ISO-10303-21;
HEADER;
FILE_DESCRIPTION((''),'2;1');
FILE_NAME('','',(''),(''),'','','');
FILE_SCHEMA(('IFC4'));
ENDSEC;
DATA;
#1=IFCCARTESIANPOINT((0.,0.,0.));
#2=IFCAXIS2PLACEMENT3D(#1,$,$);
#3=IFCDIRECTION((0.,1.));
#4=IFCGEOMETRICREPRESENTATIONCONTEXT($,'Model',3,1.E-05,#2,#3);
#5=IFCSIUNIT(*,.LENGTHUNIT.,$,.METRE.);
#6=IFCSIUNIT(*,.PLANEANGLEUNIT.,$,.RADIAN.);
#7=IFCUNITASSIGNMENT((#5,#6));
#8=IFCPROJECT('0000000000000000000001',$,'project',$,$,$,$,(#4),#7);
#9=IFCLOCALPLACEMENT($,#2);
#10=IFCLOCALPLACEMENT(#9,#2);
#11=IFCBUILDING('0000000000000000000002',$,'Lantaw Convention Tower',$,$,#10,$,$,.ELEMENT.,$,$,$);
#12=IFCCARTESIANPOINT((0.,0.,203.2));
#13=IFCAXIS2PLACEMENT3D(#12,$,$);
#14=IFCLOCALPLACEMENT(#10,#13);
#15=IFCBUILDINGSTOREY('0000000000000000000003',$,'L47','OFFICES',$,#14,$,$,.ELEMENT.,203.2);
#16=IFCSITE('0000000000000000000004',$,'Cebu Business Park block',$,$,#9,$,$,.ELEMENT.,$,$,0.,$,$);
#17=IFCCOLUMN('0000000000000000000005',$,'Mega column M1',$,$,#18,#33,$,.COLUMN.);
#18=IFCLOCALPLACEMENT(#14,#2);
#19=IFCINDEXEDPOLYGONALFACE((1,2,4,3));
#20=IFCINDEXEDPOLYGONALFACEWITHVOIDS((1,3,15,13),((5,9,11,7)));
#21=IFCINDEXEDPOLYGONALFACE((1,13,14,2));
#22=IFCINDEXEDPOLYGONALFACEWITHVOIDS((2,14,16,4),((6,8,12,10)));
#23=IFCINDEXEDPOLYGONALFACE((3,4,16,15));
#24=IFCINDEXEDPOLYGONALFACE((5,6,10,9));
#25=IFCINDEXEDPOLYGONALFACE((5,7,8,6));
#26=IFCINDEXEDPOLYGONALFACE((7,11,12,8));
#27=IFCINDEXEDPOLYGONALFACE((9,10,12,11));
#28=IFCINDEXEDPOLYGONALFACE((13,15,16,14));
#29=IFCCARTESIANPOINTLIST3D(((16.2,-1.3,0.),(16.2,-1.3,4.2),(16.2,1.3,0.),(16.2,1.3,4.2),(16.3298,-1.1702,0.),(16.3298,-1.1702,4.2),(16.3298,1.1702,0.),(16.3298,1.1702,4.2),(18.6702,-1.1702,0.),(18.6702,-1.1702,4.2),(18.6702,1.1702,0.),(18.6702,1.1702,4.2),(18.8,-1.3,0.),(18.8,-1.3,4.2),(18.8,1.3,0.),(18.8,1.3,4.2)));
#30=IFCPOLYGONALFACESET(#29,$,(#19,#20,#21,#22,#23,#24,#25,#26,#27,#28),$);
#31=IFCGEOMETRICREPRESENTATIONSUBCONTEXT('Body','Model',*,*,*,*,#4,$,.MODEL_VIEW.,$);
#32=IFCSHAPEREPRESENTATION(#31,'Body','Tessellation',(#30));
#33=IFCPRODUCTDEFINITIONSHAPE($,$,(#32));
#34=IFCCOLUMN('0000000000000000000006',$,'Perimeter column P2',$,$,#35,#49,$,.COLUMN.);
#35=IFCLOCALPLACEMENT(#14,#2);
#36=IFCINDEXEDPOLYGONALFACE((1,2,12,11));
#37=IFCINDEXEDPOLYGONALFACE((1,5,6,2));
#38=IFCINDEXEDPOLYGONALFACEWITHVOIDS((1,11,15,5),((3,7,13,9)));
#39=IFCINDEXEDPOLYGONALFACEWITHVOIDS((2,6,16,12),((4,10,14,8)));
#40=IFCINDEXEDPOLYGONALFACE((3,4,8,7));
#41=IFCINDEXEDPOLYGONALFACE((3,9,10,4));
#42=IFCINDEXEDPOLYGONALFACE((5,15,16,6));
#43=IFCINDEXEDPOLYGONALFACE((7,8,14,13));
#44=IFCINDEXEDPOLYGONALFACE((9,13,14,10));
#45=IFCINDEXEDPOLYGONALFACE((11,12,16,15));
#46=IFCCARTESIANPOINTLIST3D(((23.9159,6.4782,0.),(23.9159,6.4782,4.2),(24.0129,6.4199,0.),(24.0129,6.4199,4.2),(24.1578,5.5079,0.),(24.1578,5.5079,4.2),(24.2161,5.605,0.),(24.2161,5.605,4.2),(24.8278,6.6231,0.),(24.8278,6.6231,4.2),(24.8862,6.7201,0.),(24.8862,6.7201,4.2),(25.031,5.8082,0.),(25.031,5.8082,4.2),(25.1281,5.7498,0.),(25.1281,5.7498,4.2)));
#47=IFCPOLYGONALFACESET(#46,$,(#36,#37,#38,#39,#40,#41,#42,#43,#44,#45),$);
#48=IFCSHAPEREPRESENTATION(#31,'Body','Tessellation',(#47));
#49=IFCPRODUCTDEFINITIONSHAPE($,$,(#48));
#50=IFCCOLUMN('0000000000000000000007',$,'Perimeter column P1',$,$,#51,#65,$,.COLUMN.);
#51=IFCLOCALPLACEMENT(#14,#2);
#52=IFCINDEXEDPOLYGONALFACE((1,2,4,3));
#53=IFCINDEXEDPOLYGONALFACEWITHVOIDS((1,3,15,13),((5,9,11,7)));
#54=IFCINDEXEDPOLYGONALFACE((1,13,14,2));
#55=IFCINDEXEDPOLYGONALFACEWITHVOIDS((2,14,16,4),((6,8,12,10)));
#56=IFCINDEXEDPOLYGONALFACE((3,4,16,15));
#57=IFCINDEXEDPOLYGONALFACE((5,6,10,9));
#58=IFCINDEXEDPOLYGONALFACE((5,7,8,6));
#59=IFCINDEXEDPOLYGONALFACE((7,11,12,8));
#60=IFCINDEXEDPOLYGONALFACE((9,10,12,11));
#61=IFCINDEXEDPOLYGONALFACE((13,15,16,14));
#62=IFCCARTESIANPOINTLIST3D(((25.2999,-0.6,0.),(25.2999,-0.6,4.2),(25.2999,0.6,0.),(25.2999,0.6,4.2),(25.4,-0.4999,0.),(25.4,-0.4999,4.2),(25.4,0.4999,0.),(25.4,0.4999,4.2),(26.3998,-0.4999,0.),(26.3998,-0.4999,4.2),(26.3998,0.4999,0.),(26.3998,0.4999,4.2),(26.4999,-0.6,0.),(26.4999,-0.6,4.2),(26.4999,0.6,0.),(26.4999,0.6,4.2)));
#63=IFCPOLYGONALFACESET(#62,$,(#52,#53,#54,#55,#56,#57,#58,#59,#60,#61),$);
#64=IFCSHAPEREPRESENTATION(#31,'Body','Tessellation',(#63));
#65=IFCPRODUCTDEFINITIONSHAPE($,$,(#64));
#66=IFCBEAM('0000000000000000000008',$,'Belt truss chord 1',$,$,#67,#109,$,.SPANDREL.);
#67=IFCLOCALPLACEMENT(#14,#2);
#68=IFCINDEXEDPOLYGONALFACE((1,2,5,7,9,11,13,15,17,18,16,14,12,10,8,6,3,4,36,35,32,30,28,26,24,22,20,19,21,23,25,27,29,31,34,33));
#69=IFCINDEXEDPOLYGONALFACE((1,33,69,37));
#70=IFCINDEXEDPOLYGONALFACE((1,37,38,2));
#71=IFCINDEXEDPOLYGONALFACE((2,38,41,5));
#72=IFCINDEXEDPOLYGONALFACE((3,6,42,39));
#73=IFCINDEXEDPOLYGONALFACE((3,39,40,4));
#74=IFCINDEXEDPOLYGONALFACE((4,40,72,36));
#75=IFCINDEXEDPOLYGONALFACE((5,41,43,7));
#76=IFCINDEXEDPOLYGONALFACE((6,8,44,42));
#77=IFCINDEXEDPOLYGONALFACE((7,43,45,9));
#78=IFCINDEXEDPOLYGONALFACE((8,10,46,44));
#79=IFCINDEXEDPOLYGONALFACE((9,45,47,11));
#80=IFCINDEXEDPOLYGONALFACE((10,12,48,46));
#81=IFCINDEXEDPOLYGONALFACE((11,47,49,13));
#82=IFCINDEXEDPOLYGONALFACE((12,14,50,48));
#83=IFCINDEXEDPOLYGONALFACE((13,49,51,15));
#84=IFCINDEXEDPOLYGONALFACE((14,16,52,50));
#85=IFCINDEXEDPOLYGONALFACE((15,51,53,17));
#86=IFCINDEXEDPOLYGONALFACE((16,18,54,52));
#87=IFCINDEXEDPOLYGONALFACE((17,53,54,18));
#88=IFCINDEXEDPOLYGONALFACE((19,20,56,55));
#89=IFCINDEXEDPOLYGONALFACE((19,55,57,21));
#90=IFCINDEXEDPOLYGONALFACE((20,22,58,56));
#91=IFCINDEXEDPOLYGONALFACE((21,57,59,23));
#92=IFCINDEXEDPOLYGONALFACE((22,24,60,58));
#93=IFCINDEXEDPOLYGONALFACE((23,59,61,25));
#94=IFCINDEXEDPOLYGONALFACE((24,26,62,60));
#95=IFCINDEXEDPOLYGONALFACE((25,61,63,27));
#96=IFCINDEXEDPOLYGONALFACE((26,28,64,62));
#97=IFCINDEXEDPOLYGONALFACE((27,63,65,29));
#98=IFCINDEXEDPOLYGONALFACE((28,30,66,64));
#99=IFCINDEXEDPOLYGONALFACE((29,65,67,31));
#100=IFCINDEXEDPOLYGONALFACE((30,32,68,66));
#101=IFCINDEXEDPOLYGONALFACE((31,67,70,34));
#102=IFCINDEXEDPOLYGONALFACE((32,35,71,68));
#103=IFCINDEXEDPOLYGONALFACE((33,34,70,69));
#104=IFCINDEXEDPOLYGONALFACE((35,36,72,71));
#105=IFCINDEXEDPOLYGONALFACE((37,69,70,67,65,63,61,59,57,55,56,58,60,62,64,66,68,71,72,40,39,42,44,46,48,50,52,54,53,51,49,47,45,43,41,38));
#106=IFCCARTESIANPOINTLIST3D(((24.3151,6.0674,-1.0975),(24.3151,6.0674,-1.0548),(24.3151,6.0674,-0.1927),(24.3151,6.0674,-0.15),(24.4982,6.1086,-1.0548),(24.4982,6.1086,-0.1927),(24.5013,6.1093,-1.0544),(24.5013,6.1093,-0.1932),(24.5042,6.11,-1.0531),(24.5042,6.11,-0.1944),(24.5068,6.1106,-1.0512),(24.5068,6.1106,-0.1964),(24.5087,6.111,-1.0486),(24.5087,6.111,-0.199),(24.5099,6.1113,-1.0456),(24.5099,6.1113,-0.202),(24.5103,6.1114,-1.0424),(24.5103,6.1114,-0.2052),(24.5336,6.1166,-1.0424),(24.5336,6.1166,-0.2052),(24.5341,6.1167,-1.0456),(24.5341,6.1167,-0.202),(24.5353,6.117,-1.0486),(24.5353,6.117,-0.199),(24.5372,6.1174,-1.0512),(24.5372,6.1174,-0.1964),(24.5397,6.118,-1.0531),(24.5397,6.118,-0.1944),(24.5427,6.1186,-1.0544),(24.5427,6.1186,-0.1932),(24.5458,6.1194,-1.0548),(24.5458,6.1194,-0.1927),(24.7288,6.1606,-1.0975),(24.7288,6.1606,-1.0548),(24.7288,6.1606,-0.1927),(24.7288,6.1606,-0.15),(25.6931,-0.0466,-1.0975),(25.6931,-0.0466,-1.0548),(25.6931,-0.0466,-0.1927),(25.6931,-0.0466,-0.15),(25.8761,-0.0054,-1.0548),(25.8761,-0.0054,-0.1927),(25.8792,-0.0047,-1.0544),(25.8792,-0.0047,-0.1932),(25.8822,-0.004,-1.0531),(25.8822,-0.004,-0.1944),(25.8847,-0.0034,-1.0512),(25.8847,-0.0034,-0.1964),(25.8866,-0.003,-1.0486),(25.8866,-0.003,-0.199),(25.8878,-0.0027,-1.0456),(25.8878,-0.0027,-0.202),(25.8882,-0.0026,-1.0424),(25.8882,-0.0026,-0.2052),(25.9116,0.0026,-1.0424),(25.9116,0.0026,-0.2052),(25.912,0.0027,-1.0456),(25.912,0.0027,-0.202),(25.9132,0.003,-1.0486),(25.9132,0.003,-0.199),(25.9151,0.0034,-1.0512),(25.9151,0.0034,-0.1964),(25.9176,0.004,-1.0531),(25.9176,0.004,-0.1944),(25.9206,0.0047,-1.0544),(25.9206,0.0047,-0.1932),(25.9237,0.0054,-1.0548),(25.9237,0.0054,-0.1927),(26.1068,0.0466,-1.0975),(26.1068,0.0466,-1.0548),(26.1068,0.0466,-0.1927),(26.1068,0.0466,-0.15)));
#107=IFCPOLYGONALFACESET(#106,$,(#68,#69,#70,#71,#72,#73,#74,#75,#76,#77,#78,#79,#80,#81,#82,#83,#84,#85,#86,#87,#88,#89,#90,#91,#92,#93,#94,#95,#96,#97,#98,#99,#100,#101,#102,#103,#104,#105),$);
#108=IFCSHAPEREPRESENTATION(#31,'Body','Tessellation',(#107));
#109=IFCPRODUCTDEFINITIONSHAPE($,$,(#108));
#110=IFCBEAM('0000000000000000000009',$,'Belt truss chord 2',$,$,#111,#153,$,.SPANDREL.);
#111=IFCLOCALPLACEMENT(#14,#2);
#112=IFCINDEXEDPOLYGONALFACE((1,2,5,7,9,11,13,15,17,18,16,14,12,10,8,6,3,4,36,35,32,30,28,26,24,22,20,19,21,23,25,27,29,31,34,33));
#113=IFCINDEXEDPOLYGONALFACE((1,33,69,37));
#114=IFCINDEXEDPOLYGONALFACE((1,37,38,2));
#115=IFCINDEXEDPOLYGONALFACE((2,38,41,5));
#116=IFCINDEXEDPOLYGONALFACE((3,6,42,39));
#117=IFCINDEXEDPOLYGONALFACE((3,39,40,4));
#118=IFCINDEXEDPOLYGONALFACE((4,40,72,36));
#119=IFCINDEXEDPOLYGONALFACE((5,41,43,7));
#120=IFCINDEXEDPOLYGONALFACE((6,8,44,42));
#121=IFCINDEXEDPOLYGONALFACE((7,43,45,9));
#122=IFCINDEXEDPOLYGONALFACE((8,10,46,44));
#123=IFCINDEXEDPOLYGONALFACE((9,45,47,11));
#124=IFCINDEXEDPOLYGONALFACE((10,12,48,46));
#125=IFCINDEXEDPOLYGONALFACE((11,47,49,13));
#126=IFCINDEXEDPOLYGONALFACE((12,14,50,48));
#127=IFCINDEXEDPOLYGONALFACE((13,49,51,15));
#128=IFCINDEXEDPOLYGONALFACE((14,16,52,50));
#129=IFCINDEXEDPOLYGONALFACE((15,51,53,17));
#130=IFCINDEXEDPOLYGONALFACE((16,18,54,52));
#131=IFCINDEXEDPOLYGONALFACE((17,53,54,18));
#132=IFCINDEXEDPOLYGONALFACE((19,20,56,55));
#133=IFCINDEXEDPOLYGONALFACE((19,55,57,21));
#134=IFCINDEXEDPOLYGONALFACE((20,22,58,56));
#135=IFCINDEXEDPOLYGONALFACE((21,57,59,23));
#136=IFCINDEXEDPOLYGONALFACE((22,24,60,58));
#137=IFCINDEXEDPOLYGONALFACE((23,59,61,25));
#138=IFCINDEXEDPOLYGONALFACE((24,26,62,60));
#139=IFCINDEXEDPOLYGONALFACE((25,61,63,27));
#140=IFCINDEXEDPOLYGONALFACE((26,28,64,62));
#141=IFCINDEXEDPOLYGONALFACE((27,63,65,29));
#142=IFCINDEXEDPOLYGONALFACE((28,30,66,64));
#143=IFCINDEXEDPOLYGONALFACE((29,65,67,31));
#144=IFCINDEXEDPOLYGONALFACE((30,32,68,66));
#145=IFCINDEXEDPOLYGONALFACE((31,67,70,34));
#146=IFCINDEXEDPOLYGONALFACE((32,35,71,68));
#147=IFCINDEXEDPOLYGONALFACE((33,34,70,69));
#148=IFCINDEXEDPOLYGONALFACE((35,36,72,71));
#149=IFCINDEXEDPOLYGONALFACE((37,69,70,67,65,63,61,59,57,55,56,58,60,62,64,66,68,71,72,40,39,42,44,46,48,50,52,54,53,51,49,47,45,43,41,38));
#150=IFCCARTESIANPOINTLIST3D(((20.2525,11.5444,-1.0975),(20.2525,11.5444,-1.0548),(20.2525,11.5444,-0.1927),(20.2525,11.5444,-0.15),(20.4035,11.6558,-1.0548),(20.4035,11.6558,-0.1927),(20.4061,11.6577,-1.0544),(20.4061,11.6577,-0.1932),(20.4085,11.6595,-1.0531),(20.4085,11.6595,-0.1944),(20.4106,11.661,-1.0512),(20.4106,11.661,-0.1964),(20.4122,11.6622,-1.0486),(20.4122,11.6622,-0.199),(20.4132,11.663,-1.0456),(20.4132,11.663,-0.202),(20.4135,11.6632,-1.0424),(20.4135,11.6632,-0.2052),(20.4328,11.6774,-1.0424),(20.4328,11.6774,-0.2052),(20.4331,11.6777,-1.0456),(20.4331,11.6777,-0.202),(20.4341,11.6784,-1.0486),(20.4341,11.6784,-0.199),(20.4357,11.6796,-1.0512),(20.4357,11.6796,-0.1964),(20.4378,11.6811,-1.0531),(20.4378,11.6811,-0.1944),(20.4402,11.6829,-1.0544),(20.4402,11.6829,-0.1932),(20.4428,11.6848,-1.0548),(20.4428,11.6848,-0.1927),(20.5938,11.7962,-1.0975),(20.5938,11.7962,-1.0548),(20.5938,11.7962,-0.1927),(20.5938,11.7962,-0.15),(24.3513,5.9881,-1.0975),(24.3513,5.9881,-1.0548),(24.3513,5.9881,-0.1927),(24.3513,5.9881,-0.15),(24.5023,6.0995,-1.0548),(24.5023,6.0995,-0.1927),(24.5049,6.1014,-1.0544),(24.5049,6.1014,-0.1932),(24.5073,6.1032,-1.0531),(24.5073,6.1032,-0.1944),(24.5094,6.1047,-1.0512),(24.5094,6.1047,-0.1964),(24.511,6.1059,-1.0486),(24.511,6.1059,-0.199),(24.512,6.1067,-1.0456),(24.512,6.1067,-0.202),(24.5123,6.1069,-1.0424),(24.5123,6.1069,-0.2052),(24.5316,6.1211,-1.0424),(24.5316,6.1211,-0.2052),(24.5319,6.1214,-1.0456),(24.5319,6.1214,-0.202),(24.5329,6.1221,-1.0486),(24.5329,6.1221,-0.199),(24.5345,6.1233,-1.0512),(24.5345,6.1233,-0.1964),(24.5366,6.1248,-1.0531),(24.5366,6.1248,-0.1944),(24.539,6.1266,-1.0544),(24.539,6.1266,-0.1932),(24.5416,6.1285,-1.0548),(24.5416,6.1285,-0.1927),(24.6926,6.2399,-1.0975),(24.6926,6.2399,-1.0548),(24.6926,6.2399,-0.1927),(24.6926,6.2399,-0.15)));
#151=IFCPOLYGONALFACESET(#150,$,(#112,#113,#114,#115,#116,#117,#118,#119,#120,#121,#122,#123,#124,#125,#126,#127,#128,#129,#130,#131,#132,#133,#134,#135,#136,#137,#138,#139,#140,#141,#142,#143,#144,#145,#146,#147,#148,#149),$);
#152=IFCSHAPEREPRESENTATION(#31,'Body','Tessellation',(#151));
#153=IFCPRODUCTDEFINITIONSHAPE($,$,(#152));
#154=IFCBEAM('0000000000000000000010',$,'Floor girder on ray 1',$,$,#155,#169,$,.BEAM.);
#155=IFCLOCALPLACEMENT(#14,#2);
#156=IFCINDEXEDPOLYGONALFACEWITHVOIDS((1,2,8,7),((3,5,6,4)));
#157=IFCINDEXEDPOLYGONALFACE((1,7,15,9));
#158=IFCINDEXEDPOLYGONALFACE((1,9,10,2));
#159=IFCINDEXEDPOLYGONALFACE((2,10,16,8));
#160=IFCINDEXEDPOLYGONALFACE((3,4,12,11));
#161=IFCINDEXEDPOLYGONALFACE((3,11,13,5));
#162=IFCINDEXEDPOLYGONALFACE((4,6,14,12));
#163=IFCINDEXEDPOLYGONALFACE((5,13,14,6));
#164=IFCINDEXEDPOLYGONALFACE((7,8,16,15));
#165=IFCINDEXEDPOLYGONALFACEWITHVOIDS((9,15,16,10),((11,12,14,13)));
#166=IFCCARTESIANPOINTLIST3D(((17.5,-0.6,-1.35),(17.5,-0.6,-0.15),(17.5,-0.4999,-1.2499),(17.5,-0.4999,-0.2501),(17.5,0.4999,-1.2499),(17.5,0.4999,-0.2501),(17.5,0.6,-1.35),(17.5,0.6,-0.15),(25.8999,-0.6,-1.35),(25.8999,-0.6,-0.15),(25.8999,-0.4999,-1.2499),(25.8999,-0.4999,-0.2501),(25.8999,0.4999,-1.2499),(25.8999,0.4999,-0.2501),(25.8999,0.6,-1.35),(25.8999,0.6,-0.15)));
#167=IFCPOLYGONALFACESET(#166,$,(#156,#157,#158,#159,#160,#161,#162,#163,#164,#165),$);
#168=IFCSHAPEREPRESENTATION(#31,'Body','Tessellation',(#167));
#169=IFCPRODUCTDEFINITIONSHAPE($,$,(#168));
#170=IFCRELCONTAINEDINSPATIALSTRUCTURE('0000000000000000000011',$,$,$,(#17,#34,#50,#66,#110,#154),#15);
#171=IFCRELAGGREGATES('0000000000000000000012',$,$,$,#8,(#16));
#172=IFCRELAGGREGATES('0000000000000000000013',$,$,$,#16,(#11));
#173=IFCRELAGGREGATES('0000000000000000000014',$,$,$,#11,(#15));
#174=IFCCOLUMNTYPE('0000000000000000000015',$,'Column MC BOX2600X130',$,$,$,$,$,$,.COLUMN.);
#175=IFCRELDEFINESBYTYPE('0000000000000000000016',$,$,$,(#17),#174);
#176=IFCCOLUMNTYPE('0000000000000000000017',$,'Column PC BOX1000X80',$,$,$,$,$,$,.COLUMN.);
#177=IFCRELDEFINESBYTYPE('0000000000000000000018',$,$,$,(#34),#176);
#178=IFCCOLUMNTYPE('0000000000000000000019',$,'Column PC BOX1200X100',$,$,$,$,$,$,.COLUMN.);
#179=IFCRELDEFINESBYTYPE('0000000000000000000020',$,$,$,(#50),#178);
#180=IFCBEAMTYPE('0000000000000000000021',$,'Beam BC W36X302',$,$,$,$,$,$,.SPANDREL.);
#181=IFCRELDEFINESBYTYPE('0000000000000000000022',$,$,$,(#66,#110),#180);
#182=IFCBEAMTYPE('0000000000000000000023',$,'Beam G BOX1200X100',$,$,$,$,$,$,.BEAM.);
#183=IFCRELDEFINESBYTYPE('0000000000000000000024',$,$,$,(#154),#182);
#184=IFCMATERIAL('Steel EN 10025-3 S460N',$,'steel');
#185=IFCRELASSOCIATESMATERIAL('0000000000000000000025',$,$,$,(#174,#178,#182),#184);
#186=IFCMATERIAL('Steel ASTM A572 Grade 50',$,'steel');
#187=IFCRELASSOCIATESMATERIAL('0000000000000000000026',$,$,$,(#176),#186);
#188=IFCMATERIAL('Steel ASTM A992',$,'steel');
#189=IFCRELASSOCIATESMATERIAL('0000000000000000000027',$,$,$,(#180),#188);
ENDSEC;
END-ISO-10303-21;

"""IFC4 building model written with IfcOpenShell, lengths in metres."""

from ifc_helpers import new_model, si_unit, direction, frame, origin, origin_2d, place, context, subcontext, project, spatial, rectangle, hollow_rectangle, i_section, extrude, material, material_profile, profile_set, type_object, element, save


model = new_model("IFC4")

# Units and contexts
model_context = context("Model", 3, precision=1e-05, world=origin(), true_north=direction((0.0, 1.0)))
body_context = subcontext(model_context, "Body", "Model", "MODEL_VIEW")
ifc_project = project(units=[si_unit("LENGTHUNIT", "METRE"), si_unit("PLANEANGLEUNIT", "RADIAN")], contexts=[model_context])

# Site, building, storey
site_placement = place(None, origin())
site = spatial("IfcSite", under=ifc_project, at=site_placement, Name="Cebu Business Park block", CompositionType="ELEMENT", RefElevation=0.0)
building_placement = place(site_placement, origin())
building = spatial("IfcBuilding", under=site, at=building_placement, Name="Lantaw Convention Tower", CompositionType="ELEMENT")
storey_placement = place(building_placement, frame((0.0, 0.0, 203.2)))
storey = spatial("IfcBuildingStorey", under=building, at=storey_placement, Name="L47", Description="OFFICES", CompositionType="ELEMENT", Elevation=203.2)

# Columns
ifc_material_1 = material(Name="Steel EN 10025-3 S460N", Category="steel")
ifc_material_profile_1 = material_profile(ifc_material_1, hollow_rectangle(XDim=2.6001, YDim=2.6001, WallThickness=0.1299, at=origin_2d()), Name="BOX2600X130")
ifc_material_2 = material(Name="Concrete C60/75", Category="concrete")
ifc_material_profile_2 = material_profile(ifc_material_2, rectangle(XDim=2.3401, YDim=2.3401, at=origin_2d()), Name="Concrete fill of BOX2600X130")
ifc_profile_set_1 = profile_set([ifc_material_profile_1, ifc_material_profile_2], Name="Steel EN 10025-3 S460N")
column_type_1 = type_object("IfcColumnType", Name="Column MC BOX2600X130", PredefinedType="COLUMN", material=ifc_profile_set_1)
column_1_placement = place(storey_placement, frame((17.5, 0.0, 0.0), z_axis=(0.0, 0.0, 1.0), x_axis=(1.0, 0.0, 0.0)))
element("IfcColumn", 1, at=column_1_placement, inside=storey, type_object=column_type_1, Name="Mega column M1", PredefinedType="COLUMN", context=body_context, shape_type="SweptSolid", body=[
    extrude(hollow_rectangle(XDim=2.6001, YDim=2.6001, WallThickness=0.1299, at=origin_2d()), origin(), (0.0, 0.0, 1.0), 4.2),
])
ifc_material_3 = material(Name="Steel ASTM A572 Grade 50", Category="steel")
ifc_material_profile_3 = material_profile(ifc_material_3, hollow_rectangle(XDim=1.0, YDim=1.0, WallThickness=0.0801, at=origin_2d()), Name="BOX1000X80")
ifc_material_profile_4 = material_profile(ifc_material_2, rectangle(XDim=0.8401, YDim=0.8401, at=origin_2d()), Name="Concrete fill of BOX1000X80")
ifc_profile_set_2 = profile_set([ifc_material_profile_3, ifc_material_profile_4], Name="Steel ASTM A572 Grade 50")
column_type_2 = type_object("IfcColumnType", Name="Column PC BOX1000X80", PredefinedType="COLUMN", material=ifc_profile_set_2)
column_2_placement = place(storey_placement, frame((24.522, 6.114, 0.0), z_axis=(0.0, 0.0, 1.0), x_axis=(0.970296, 0.241922, 0.0)))
element("IfcColumn", 2, at=column_2_placement, inside=storey, type_object=column_type_2, Name="Perimeter column P2", PredefinedType="COLUMN", context=body_context, shape_type="SweptSolid", body=[
    extrude(hollow_rectangle(XDim=1.0, YDim=1.0, WallThickness=0.0801, at=origin_2d()), origin(), (0.0, 0.0, 1.0), 4.2),
])
ifc_material_profile_5 = material_profile(ifc_material_1, hollow_rectangle(XDim=1.2, YDim=1.2, WallThickness=0.1001, at=origin_2d()), Name="BOX1200X100")
ifc_material_profile_6 = material_profile(ifc_material_2, rectangle(XDim=1.0, YDim=1.0, at=origin_2d()), Name="Concrete fill of BOX1200X100")
ifc_profile_set_3 = profile_set([ifc_material_profile_5, ifc_material_profile_6], Name="Steel EN 10025-3 S460N")
column_type_3 = type_object("IfcColumnType", Name="Column PC BOX1200X100", PredefinedType="COLUMN", material=ifc_profile_set_3)
column_3_placement = place(storey_placement, frame((25.8999, 0.0, 0.0), z_axis=(0.0, 0.0, 1.0), x_axis=(1.0, 0.0, 0.0)))
element("IfcColumn", 3, at=column_3_placement, inside=storey, type_object=column_type_3, Name="Perimeter column P1", PredefinedType="COLUMN", context=body_context, shape_type="SweptSolid", body=[
    extrude(hollow_rectangle(XDim=1.2, YDim=1.2, WallThickness=0.1001, at=origin_2d()), origin(), (0.0, 0.0, 1.0), 4.2),
])

# Beams
ifc_material_4 = material(Name="Steel ASTM A992", Category="steel")
ifc_material_profile_7 = material_profile(ifc_material_4, i_section(OverallWidth=0.4241, OverallDepth=0.9475, WebThickness=0.0239, FlangeThickness=0.0427, FilletRadius=0.0125, at=origin_2d()), Name="W36X302")
ifc_profile_set_4 = profile_set([ifc_material_profile_7], Name="Steel ASTM A992")
beam_type_1 = type_object("IfcBeamType", Name="Beam BC W36X302", PredefinedType="SPANDREL", material=ifc_profile_set_4)
beam_1_placement = place(storey_placement, frame((25.8999, 0.0, -0.6238), z_axis=(-0.219858, 0.975532, 0.0), x_axis=(-0.975532, -0.219858, 0.0)))
element("IfcBeam", 4, at=beam_1_placement, inside=storey, type_object=beam_type_1, Name="Belt truss chord 1", PredefinedType="SPANDREL", context=body_context, shape_type="SweptSolid", body=[
    extrude(i_section(OverallWidth=0.4241, OverallDepth=0.9475, WebThickness=0.0239, FlangeThickness=0.0427, FilletRadius=0.0125, at=origin_2d()), origin(), (0.0, 0.0, 1.0), 6.2673),
])
beam_2_placement = place(storey_placement, frame((24.522, 6.114, -0.6238), z_axis=(-0.593639, 0.804731, 0.0), x_axis=(-0.804731, -0.593639, 0.0)))
element("IfcBeam", 5, at=beam_2_placement, inside=storey, type_object=beam_type_1, Name="Belt truss chord 2", PredefinedType="SPANDREL", context=body_context, shape_type="SweptSolid", body=[
    extrude(i_section(OverallWidth=0.4241, OverallDepth=0.9475, WebThickness=0.0239, FlangeThickness=0.0427, FilletRadius=0.0125, at=origin_2d()), origin(), (0.0, 0.0, 1.0), 6.9045),
])
ifc_material_profile_8 = material_profile(ifc_material_1, hollow_rectangle(XDim=1.2, YDim=1.2, WallThickness=0.1001, at=origin_2d()), Name="BOX1200X100")
ifc_profile_set_5 = profile_set([ifc_material_profile_8], Name="Steel EN 10025-3 S460N")
beam_type_2 = type_object("IfcBeamType", Name="Beam G BOX1200X100", PredefinedType="BEAM", material=ifc_profile_set_5)
beam_3_placement = place(storey_placement, frame((17.5, 0.0, -0.75), z_axis=(1.0, 0.0, 0.0), x_axis=(0.0, 1.0, 0.0)))
element("IfcBeam", 6, at=beam_3_placement, inside=storey, type_object=beam_type_2, Name="Floor girder on ray 1", PredefinedType="BEAM", context=body_context, shape_type="SweptSolid", body=[
    extrude(hollow_rectangle(XDim=1.2, YDim=1.2, WallThickness=0.1001, at=origin_2d()), origin(), (0.0, 0.0, 1.0), 8.3999),
])

save(model, "model.ifc")
